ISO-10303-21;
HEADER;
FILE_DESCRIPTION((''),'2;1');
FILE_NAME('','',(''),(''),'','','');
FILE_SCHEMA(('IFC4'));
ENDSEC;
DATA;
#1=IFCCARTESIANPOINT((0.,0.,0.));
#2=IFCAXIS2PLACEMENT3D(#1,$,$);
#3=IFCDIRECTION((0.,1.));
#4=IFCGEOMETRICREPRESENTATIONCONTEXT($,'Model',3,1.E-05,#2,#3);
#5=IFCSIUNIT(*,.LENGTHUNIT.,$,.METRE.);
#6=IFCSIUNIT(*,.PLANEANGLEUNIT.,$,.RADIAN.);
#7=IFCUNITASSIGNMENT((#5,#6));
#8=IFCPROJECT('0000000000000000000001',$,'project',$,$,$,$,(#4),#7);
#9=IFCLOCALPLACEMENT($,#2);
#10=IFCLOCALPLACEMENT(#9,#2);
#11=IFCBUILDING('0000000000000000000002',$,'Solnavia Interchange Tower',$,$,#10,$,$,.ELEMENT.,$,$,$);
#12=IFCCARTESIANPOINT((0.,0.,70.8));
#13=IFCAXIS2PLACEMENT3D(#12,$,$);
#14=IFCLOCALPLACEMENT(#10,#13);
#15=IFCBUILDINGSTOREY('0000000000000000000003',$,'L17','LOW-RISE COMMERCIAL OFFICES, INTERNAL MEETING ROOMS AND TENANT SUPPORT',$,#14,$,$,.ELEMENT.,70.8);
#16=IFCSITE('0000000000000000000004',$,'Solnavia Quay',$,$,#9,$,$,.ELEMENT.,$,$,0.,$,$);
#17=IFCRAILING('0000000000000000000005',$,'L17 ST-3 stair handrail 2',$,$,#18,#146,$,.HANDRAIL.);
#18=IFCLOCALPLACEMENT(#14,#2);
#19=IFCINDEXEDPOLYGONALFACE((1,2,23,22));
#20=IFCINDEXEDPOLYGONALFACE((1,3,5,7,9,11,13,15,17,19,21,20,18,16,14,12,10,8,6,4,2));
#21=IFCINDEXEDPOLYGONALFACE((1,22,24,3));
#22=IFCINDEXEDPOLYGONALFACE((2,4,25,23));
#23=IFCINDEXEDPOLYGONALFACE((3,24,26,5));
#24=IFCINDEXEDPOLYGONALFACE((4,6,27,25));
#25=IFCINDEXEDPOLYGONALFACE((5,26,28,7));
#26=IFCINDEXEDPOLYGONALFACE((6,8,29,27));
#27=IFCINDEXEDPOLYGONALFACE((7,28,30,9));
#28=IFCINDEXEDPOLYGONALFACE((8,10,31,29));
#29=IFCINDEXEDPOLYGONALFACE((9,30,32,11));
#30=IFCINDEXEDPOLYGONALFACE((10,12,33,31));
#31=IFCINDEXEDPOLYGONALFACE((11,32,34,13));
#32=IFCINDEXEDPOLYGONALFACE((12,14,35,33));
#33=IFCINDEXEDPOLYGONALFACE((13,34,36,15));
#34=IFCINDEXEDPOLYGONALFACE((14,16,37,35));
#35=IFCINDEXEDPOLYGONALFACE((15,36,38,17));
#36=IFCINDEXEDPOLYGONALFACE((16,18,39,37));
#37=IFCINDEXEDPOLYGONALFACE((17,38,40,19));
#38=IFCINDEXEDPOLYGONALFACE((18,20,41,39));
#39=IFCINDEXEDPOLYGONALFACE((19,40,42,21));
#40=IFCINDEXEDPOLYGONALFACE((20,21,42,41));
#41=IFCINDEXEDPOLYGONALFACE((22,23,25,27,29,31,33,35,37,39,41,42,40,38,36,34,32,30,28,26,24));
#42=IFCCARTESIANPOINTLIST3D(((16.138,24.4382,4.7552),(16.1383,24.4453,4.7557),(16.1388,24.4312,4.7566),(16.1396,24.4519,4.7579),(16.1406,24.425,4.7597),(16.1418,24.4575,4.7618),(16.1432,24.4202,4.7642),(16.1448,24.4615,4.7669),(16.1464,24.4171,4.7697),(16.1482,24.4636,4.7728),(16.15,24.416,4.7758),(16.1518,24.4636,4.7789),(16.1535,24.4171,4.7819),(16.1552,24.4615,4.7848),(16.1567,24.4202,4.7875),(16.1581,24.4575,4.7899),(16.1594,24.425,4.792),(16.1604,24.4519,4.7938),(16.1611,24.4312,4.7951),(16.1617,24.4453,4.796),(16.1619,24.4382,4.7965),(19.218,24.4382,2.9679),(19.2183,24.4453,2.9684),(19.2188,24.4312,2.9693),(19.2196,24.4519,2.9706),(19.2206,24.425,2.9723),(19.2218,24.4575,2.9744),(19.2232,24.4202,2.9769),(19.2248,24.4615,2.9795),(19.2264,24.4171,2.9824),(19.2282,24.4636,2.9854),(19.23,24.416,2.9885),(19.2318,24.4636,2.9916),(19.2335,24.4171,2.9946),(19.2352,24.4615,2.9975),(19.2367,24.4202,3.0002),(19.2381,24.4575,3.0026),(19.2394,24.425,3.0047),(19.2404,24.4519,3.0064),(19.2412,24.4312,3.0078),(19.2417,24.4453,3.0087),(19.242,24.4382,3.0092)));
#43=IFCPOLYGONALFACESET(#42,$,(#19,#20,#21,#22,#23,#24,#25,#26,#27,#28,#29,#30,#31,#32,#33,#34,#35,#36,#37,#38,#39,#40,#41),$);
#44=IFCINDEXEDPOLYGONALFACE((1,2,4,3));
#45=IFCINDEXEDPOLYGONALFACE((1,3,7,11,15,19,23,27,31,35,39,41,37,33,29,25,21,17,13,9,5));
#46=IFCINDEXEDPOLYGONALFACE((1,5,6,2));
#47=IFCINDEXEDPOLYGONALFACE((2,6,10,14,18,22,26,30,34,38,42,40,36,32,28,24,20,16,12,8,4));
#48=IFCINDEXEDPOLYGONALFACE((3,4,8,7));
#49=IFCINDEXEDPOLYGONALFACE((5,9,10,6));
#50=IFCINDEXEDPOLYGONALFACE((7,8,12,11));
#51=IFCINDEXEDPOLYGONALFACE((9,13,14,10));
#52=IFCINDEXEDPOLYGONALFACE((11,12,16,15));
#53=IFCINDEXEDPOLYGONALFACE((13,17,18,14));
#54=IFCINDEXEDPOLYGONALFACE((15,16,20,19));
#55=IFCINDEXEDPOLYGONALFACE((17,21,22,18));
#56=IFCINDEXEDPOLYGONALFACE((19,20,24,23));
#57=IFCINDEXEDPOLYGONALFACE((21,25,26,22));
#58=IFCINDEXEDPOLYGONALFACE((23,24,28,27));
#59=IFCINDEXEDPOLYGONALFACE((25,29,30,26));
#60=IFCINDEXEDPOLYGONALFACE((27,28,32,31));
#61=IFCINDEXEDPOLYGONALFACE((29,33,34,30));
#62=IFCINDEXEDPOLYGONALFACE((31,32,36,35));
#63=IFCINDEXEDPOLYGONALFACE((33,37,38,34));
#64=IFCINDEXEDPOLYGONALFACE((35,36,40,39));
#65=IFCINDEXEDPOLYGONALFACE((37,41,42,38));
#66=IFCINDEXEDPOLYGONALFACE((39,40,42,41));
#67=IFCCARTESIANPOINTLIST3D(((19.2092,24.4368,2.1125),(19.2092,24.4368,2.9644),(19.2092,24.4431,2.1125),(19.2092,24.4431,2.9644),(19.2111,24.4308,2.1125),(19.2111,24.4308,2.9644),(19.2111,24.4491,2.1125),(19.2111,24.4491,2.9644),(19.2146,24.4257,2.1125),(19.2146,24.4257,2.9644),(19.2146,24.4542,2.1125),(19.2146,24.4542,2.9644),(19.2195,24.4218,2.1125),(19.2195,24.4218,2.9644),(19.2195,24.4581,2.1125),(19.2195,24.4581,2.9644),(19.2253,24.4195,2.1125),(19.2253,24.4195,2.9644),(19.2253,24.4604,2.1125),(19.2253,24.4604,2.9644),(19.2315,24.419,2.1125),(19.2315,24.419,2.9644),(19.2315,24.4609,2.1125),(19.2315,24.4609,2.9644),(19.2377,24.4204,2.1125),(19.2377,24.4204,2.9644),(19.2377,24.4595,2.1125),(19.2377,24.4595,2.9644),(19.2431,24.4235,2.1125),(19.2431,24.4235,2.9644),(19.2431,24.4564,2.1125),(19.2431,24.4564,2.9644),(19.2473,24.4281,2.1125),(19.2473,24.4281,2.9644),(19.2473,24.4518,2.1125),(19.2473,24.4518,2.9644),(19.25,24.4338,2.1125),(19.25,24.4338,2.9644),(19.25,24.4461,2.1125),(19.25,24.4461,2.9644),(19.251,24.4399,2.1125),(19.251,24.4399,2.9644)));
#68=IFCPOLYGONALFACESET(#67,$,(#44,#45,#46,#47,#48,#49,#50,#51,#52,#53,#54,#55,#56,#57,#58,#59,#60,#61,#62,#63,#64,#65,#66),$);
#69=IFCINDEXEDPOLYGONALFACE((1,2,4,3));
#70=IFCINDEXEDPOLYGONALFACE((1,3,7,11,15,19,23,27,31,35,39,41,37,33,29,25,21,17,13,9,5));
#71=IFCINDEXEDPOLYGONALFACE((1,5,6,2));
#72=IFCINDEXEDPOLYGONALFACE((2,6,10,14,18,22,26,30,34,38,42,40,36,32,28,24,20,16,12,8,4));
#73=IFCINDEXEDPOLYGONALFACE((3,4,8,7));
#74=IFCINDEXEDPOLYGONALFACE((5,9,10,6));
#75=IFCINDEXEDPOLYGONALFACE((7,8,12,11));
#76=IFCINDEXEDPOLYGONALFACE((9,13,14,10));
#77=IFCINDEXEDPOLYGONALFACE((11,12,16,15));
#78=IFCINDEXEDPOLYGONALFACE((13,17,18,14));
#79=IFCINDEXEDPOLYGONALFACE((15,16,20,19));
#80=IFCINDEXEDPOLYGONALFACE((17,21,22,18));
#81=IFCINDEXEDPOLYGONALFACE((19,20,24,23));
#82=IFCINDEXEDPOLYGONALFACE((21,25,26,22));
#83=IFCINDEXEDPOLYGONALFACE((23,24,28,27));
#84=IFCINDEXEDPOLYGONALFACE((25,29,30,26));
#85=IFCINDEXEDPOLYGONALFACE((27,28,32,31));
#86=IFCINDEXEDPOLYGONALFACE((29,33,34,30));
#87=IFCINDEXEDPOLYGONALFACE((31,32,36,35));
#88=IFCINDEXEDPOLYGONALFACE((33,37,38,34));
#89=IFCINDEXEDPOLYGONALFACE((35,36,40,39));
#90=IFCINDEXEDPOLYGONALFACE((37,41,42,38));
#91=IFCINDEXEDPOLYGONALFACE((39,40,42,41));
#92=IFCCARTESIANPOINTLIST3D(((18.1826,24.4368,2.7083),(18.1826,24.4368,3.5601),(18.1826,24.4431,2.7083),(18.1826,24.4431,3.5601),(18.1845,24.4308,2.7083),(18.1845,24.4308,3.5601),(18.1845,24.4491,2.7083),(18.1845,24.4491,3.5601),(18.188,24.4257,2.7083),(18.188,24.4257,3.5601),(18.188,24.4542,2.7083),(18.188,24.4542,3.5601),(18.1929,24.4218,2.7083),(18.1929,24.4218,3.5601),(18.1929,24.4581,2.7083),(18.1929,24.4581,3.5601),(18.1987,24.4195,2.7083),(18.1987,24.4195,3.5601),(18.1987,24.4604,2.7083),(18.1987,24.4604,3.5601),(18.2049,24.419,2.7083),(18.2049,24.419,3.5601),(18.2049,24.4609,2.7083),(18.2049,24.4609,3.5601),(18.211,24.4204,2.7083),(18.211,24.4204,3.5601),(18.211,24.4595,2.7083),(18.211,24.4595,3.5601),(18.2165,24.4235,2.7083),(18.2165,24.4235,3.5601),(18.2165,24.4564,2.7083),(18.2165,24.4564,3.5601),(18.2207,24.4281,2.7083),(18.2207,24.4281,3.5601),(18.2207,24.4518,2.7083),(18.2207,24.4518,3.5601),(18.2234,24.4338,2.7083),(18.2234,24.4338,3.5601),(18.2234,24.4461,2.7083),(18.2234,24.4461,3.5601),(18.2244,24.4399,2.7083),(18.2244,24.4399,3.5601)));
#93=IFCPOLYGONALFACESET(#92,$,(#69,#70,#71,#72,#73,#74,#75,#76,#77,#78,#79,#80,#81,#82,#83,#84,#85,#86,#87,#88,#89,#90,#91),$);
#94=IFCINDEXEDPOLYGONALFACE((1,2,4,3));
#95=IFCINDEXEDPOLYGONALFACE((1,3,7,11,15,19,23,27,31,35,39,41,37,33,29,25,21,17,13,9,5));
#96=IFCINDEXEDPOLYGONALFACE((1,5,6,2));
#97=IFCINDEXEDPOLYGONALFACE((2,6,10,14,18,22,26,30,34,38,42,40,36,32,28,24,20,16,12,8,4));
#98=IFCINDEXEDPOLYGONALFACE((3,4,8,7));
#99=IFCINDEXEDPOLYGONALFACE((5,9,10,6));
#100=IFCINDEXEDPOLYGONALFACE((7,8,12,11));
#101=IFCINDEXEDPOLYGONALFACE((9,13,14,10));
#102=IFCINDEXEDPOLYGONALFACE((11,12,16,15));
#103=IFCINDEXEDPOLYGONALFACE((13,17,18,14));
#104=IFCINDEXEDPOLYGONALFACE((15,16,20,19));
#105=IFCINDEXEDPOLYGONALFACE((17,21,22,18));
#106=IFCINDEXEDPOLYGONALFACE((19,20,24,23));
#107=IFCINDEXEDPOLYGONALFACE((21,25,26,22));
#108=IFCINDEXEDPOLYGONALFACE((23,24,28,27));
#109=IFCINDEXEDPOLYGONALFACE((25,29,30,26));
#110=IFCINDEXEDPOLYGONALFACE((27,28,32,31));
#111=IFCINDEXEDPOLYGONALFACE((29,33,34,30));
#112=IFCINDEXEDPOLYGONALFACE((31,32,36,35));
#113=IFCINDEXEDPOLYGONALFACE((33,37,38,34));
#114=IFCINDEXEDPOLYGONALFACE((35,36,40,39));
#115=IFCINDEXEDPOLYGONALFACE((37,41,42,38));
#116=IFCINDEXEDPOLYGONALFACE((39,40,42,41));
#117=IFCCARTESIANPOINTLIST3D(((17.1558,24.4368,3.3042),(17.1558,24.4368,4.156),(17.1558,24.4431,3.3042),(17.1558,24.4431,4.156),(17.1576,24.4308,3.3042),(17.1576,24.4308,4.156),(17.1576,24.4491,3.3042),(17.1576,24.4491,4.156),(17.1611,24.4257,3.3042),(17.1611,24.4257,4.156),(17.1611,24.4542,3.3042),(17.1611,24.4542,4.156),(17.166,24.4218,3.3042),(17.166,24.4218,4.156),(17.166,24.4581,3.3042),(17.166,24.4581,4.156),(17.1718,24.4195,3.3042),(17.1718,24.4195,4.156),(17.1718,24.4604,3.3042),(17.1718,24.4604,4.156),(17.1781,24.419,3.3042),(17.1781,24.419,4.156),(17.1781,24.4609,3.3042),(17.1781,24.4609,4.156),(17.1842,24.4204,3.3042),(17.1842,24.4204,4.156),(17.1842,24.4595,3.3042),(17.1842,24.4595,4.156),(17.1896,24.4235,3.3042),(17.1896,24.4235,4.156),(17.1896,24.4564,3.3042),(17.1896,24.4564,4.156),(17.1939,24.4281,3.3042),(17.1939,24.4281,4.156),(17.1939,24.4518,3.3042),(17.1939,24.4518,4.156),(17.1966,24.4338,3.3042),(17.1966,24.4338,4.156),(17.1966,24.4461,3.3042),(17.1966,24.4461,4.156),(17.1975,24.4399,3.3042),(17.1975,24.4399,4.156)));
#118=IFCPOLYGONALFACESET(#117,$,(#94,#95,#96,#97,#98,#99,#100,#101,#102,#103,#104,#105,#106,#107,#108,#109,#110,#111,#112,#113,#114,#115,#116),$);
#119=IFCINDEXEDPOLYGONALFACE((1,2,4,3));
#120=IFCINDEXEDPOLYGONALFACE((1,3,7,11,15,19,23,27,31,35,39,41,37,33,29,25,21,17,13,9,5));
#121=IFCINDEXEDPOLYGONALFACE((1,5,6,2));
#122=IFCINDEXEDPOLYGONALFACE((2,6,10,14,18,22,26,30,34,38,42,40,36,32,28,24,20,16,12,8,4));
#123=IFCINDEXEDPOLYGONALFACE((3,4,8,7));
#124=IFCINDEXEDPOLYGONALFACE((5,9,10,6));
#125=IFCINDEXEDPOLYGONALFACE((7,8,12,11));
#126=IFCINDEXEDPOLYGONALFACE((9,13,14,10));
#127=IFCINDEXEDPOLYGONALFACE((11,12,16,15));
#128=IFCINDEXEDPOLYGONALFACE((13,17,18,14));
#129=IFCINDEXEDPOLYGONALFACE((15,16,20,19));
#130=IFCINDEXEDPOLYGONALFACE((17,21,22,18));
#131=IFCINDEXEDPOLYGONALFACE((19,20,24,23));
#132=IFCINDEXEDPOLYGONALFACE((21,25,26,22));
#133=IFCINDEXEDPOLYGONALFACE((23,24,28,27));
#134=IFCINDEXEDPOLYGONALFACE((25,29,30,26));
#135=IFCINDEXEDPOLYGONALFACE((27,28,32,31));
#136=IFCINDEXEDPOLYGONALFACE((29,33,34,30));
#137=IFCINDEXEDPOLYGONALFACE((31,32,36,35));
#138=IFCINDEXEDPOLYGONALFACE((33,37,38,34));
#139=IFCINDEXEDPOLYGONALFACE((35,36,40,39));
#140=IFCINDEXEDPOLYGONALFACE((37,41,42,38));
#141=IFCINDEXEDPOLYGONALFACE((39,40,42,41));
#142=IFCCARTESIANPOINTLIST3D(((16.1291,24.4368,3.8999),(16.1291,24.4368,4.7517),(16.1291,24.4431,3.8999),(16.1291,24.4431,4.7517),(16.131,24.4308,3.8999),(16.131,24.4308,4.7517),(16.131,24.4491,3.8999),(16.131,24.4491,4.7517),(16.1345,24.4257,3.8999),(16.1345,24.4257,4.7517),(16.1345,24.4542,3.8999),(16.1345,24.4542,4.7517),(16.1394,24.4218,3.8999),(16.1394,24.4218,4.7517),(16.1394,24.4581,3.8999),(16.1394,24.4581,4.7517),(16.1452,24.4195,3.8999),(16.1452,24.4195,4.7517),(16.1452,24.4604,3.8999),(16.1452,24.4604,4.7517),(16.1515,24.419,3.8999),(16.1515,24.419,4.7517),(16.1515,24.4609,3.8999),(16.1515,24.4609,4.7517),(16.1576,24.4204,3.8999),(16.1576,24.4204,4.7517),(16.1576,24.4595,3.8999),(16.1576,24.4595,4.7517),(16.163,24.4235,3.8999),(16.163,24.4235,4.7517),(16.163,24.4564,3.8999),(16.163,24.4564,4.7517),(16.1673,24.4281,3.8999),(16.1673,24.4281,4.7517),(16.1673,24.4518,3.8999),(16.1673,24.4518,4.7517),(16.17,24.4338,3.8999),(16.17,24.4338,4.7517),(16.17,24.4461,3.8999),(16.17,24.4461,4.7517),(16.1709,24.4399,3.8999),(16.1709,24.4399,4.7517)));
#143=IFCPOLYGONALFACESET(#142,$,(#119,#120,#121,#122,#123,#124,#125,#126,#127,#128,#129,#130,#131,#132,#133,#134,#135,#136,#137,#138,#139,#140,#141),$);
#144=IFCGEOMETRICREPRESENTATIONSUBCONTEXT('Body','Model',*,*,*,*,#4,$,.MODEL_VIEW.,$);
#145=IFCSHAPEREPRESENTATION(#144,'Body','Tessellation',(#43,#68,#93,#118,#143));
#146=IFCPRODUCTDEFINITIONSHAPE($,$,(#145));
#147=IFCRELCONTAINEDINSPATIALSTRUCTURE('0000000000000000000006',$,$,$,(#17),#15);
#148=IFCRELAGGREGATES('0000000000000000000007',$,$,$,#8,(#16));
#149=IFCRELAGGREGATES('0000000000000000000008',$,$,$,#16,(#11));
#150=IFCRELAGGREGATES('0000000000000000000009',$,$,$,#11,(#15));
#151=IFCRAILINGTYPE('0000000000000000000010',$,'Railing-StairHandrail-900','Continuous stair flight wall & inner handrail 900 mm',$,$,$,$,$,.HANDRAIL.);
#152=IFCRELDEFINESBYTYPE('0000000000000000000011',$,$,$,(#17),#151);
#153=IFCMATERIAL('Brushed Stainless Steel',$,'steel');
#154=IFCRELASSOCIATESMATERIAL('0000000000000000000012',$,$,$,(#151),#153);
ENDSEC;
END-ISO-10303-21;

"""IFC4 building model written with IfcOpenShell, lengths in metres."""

from ifc_helpers import new_model, si_unit, direction, frame, origin, origin_2d, place, context, subcontext, project, spatial, circle, extrude, material, type_object, element, save


model = new_model("IFC4")

# Units and contexts
model_context = context("Model", 3, precision=1e-05, world=origin(), true_north=direction((0.0, 1.0)))
body_context = subcontext(model_context, "Body", "Model", "MODEL_VIEW")
ifc_project = project(units=[si_unit("LENGTHUNIT", "METRE"), si_unit("PLANEANGLEUNIT", "RADIAN")], contexts=[model_context])

# Site, building, storey
site_placement = place(None, origin())
site = spatial("IfcSite", under=ifc_project, at=site_placement, Name="Solnavia Quay", CompositionType="ELEMENT", RefElevation=0.0)
building_placement = place(site_placement, origin())
building = spatial("IfcBuilding", under=site, at=building_placement, Name="Solnavia Interchange Tower", CompositionType="ELEMENT")
storey_placement = place(building_placement, frame((0.0, 0.0, 70.8)))
storey = spatial("IfcBuildingStorey", under=building, at=storey_placement, Name="L17", Description="LOW-RISE COMMERCIAL OFFICES, INTERNAL MEETING ROOMS AND TENANT SUPPORT", CompositionType="ELEMENT", Elevation=70.8)

# Railing
ifc_material_1 = material(Name="Brushed Stainless Steel", Category="steel")
railing_type_1 = type_object("IfcRailingType", Name="Railing-StairHandrail-900", Description="Continuous stair flight wall & inner handrail 900 mm", PredefinedType="HANDRAIL", material=ifc_material_1)
railing_1_placement = place(storey_placement, frame((19.23, 24.4399, 2.1125)))
element("IfcRailing", 1, at=railing_1_placement, inside=storey, type_object=railing_type_1, Name="L17 ST-3 stair handrail 2", PredefinedType="HANDRAIL", context=body_context, shape_type="SweptSolid", body=[
    extrude(circle(Radius=0.0239, at=origin_2d()), frame((0.0, 0.0, 0.876), z_axis=(-0.86492, 0.0, 0.501909), x_axis=(0.0, -1.0, 0.0)), (0.0, 0.0, 1.0), 3.561),
    extrude(circle(Radius=0.021, at=origin_2d()), origin(), (0.0, 0.0, 1.0), 0.8518),
    extrude(circle(Radius=0.021, at=origin_2d()), frame((-1.0266, 0.0, 0.5957)), (0.0, 0.0, 1.0), 0.8518),
    extrude(circle(Radius=0.021, at=origin_2d()), frame((-2.0535, 0.0, 1.1917)), (0.0, 0.0, 1.0), 0.8518),
    extrude(circle(Radius=0.021, at=origin_2d()), frame((-3.0801, 0.0, 1.7874)), (0.0, 0.0, 1.0), 0.8518),
])

save(model, "model.ifc")
